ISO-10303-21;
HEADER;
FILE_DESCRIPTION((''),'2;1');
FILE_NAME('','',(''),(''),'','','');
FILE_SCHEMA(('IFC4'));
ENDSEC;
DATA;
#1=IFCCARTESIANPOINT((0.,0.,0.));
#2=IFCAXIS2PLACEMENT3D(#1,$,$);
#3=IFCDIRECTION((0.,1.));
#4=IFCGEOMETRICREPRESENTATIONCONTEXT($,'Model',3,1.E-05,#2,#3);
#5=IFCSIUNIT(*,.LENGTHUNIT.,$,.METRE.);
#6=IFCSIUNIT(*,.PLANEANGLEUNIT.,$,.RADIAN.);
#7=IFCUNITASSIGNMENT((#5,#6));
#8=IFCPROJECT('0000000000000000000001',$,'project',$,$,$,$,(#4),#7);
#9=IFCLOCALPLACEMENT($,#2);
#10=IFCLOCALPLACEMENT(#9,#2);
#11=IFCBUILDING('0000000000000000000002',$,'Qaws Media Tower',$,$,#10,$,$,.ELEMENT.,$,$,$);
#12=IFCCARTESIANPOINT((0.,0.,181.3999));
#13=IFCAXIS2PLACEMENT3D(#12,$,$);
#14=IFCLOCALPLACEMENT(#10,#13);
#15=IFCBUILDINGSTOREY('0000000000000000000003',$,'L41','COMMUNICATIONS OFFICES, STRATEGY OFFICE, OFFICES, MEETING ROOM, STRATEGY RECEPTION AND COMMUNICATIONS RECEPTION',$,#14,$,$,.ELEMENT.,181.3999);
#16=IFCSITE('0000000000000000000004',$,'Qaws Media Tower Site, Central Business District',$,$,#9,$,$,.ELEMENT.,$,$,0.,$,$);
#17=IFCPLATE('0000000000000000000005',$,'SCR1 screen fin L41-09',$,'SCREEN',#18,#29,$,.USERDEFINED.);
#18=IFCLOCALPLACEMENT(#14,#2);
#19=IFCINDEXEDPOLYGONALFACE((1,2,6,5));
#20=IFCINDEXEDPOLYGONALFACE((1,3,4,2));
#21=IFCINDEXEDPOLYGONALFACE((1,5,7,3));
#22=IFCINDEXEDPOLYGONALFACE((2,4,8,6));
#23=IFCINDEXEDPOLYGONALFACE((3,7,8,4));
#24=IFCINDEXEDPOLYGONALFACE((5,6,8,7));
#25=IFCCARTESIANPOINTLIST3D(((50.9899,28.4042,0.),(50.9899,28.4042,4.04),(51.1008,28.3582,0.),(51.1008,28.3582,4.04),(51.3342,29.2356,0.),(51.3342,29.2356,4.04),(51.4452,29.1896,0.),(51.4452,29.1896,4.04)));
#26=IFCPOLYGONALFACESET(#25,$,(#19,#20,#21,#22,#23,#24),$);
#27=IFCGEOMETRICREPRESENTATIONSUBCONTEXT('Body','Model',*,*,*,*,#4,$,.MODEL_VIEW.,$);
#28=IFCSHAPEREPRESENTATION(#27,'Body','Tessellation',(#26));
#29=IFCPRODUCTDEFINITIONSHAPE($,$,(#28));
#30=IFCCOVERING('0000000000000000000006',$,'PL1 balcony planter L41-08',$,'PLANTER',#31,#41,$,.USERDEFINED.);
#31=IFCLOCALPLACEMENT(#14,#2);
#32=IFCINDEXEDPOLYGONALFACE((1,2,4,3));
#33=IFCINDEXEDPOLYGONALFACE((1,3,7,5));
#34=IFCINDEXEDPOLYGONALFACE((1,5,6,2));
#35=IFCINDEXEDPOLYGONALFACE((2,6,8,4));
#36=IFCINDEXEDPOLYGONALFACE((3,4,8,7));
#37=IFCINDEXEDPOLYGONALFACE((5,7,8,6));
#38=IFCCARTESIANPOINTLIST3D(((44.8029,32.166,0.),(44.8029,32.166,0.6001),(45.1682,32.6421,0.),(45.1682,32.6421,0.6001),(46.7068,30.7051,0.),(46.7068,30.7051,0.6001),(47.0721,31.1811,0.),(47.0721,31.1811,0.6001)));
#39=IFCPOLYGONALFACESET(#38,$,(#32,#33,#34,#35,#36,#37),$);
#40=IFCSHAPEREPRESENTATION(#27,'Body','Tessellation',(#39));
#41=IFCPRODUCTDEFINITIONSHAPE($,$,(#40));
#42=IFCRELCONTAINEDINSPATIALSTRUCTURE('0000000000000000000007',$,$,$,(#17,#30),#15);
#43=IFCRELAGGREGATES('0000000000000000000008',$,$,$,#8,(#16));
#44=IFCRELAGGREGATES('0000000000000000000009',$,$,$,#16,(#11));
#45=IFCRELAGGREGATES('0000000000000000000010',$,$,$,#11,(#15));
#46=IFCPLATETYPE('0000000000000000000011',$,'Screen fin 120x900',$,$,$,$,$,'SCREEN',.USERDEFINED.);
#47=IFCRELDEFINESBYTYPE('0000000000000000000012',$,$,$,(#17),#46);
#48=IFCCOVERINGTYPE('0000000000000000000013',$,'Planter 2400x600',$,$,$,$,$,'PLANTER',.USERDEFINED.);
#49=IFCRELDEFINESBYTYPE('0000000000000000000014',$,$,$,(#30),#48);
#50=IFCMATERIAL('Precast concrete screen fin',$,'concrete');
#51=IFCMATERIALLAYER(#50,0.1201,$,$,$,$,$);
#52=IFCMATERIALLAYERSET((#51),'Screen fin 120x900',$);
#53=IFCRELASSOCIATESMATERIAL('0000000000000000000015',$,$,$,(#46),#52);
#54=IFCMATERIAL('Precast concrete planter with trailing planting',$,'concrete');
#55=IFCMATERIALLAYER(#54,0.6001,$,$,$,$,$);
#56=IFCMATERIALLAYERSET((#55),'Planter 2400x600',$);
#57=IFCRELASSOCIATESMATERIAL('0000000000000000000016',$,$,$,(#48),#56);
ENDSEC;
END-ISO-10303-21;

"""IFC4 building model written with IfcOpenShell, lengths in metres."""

from ifc_helpers import new_model, si_unit, direction, frame, origin, origin_2d, place, context, subcontext, project, spatial, rectangle, extrude, material, layer, layer_set, type_object, element, save


model = new_model("IFC4")

# Units and contexts
model_context = context("Model", 3, precision=1e-05, world=origin(), true_north=direction((0.0, 1.0)))
body_context = subcontext(model_context, "Body", "Model", "MODEL_VIEW")
ifc_project = project(units=[si_unit("LENGTHUNIT", "METRE"), si_unit("PLANEANGLEUNIT", "RADIAN")], contexts=[model_context])

# Site, building, storey
site_placement = place(None, origin())
site = spatial("IfcSite", under=ifc_project, at=site_placement, Name="Qaws Media Tower Site, Central Business District", CompositionType="ELEMENT", RefElevation=0.0)
building_placement = place(site_placement, origin())
building = spatial("IfcBuilding", under=site, at=building_placement, Name="Qaws Media Tower", CompositionType="ELEMENT")
storey_placement = place(building_placement, frame((0.0, 0.0, 181.3999)))
storey = spatial("IfcBuildingStorey", under=building, at=storey_placement, Name="L41", Description="COMMUNICATIONS OFFICES, STRATEGY OFFICE, OFFICES, MEETING ROOM, STRATEGY RECEPTION AND COMMUNICATIONS RECEPTION", CompositionType="ELEMENT", Elevation=181.3999)

# Plate
ifc_material_1 = material(Name="Precast concrete screen fin", Category="concrete")
ifc_layer_1 = layer(ifc_material_1, 0.1201)
ifc_layer_set_1 = layer_set([ifc_layer_1], Name="Screen fin 120x900")
plate_type_1 = type_object("IfcPlateType", Name="Screen fin 120x900", ElementType="SCREEN", PredefinedType="USERDEFINED", material=ifc_layer_set_1)
plate_1_placement = place(storey_placement, frame((51.2175, 28.7969, 0.0), z_axis=(0.0, 0.0, 1.0), x_axis=(-0.382683, -0.92388, 0.0)))
element("IfcPlate", 1, at=plate_1_placement, inside=storey, type_object=plate_type_1, Name="SCR1 screen fin L41-09", ObjectType="SCREEN", PredefinedType="USERDEFINED", context=body_context, shape_type="SweptSolid", body=[
    extrude(rectangle(XDim=0.8999, YDim=0.1201, at=origin_2d()), origin(), (0.0, 0.0, 1.0), 4.04),
])

# Covering
ifc_material_2 = material(Name="Precast concrete planter with trailing planting", Category="concrete")
ifc_layer_2 = layer(ifc_material_2, 0.6001)
ifc_layer_set_2 = layer_set([ifc_layer_2], Name="Planter 2400x600")
covering_type = type_object("IfcCoveringType", Name="Planter 2400x600", ElementType="PLANTER", PredefinedType="USERDEFINED", material=ifc_layer_set_2)
covering_placement = place(storey_placement, frame((45.9375, 31.6736, 0.0), z_axis=(0.0, 0.0, 1.0), x_axis=(0.793353, -0.608761, 0.0)))
element("IfcCovering", 2, at=covering_placement, inside=storey, type_object=covering_type, Name="PL1 balcony planter L41-08", ObjectType="PLANTER", PredefinedType="USERDEFINED", context=body_context, shape_type="SweptSolid", body=[
    extrude(rectangle(XDim=2.3999, YDim=0.6001, at=origin_2d()), origin(), (0.0, 0.0, 1.0), 0.6001),
])

save(model, "model.ifc")
